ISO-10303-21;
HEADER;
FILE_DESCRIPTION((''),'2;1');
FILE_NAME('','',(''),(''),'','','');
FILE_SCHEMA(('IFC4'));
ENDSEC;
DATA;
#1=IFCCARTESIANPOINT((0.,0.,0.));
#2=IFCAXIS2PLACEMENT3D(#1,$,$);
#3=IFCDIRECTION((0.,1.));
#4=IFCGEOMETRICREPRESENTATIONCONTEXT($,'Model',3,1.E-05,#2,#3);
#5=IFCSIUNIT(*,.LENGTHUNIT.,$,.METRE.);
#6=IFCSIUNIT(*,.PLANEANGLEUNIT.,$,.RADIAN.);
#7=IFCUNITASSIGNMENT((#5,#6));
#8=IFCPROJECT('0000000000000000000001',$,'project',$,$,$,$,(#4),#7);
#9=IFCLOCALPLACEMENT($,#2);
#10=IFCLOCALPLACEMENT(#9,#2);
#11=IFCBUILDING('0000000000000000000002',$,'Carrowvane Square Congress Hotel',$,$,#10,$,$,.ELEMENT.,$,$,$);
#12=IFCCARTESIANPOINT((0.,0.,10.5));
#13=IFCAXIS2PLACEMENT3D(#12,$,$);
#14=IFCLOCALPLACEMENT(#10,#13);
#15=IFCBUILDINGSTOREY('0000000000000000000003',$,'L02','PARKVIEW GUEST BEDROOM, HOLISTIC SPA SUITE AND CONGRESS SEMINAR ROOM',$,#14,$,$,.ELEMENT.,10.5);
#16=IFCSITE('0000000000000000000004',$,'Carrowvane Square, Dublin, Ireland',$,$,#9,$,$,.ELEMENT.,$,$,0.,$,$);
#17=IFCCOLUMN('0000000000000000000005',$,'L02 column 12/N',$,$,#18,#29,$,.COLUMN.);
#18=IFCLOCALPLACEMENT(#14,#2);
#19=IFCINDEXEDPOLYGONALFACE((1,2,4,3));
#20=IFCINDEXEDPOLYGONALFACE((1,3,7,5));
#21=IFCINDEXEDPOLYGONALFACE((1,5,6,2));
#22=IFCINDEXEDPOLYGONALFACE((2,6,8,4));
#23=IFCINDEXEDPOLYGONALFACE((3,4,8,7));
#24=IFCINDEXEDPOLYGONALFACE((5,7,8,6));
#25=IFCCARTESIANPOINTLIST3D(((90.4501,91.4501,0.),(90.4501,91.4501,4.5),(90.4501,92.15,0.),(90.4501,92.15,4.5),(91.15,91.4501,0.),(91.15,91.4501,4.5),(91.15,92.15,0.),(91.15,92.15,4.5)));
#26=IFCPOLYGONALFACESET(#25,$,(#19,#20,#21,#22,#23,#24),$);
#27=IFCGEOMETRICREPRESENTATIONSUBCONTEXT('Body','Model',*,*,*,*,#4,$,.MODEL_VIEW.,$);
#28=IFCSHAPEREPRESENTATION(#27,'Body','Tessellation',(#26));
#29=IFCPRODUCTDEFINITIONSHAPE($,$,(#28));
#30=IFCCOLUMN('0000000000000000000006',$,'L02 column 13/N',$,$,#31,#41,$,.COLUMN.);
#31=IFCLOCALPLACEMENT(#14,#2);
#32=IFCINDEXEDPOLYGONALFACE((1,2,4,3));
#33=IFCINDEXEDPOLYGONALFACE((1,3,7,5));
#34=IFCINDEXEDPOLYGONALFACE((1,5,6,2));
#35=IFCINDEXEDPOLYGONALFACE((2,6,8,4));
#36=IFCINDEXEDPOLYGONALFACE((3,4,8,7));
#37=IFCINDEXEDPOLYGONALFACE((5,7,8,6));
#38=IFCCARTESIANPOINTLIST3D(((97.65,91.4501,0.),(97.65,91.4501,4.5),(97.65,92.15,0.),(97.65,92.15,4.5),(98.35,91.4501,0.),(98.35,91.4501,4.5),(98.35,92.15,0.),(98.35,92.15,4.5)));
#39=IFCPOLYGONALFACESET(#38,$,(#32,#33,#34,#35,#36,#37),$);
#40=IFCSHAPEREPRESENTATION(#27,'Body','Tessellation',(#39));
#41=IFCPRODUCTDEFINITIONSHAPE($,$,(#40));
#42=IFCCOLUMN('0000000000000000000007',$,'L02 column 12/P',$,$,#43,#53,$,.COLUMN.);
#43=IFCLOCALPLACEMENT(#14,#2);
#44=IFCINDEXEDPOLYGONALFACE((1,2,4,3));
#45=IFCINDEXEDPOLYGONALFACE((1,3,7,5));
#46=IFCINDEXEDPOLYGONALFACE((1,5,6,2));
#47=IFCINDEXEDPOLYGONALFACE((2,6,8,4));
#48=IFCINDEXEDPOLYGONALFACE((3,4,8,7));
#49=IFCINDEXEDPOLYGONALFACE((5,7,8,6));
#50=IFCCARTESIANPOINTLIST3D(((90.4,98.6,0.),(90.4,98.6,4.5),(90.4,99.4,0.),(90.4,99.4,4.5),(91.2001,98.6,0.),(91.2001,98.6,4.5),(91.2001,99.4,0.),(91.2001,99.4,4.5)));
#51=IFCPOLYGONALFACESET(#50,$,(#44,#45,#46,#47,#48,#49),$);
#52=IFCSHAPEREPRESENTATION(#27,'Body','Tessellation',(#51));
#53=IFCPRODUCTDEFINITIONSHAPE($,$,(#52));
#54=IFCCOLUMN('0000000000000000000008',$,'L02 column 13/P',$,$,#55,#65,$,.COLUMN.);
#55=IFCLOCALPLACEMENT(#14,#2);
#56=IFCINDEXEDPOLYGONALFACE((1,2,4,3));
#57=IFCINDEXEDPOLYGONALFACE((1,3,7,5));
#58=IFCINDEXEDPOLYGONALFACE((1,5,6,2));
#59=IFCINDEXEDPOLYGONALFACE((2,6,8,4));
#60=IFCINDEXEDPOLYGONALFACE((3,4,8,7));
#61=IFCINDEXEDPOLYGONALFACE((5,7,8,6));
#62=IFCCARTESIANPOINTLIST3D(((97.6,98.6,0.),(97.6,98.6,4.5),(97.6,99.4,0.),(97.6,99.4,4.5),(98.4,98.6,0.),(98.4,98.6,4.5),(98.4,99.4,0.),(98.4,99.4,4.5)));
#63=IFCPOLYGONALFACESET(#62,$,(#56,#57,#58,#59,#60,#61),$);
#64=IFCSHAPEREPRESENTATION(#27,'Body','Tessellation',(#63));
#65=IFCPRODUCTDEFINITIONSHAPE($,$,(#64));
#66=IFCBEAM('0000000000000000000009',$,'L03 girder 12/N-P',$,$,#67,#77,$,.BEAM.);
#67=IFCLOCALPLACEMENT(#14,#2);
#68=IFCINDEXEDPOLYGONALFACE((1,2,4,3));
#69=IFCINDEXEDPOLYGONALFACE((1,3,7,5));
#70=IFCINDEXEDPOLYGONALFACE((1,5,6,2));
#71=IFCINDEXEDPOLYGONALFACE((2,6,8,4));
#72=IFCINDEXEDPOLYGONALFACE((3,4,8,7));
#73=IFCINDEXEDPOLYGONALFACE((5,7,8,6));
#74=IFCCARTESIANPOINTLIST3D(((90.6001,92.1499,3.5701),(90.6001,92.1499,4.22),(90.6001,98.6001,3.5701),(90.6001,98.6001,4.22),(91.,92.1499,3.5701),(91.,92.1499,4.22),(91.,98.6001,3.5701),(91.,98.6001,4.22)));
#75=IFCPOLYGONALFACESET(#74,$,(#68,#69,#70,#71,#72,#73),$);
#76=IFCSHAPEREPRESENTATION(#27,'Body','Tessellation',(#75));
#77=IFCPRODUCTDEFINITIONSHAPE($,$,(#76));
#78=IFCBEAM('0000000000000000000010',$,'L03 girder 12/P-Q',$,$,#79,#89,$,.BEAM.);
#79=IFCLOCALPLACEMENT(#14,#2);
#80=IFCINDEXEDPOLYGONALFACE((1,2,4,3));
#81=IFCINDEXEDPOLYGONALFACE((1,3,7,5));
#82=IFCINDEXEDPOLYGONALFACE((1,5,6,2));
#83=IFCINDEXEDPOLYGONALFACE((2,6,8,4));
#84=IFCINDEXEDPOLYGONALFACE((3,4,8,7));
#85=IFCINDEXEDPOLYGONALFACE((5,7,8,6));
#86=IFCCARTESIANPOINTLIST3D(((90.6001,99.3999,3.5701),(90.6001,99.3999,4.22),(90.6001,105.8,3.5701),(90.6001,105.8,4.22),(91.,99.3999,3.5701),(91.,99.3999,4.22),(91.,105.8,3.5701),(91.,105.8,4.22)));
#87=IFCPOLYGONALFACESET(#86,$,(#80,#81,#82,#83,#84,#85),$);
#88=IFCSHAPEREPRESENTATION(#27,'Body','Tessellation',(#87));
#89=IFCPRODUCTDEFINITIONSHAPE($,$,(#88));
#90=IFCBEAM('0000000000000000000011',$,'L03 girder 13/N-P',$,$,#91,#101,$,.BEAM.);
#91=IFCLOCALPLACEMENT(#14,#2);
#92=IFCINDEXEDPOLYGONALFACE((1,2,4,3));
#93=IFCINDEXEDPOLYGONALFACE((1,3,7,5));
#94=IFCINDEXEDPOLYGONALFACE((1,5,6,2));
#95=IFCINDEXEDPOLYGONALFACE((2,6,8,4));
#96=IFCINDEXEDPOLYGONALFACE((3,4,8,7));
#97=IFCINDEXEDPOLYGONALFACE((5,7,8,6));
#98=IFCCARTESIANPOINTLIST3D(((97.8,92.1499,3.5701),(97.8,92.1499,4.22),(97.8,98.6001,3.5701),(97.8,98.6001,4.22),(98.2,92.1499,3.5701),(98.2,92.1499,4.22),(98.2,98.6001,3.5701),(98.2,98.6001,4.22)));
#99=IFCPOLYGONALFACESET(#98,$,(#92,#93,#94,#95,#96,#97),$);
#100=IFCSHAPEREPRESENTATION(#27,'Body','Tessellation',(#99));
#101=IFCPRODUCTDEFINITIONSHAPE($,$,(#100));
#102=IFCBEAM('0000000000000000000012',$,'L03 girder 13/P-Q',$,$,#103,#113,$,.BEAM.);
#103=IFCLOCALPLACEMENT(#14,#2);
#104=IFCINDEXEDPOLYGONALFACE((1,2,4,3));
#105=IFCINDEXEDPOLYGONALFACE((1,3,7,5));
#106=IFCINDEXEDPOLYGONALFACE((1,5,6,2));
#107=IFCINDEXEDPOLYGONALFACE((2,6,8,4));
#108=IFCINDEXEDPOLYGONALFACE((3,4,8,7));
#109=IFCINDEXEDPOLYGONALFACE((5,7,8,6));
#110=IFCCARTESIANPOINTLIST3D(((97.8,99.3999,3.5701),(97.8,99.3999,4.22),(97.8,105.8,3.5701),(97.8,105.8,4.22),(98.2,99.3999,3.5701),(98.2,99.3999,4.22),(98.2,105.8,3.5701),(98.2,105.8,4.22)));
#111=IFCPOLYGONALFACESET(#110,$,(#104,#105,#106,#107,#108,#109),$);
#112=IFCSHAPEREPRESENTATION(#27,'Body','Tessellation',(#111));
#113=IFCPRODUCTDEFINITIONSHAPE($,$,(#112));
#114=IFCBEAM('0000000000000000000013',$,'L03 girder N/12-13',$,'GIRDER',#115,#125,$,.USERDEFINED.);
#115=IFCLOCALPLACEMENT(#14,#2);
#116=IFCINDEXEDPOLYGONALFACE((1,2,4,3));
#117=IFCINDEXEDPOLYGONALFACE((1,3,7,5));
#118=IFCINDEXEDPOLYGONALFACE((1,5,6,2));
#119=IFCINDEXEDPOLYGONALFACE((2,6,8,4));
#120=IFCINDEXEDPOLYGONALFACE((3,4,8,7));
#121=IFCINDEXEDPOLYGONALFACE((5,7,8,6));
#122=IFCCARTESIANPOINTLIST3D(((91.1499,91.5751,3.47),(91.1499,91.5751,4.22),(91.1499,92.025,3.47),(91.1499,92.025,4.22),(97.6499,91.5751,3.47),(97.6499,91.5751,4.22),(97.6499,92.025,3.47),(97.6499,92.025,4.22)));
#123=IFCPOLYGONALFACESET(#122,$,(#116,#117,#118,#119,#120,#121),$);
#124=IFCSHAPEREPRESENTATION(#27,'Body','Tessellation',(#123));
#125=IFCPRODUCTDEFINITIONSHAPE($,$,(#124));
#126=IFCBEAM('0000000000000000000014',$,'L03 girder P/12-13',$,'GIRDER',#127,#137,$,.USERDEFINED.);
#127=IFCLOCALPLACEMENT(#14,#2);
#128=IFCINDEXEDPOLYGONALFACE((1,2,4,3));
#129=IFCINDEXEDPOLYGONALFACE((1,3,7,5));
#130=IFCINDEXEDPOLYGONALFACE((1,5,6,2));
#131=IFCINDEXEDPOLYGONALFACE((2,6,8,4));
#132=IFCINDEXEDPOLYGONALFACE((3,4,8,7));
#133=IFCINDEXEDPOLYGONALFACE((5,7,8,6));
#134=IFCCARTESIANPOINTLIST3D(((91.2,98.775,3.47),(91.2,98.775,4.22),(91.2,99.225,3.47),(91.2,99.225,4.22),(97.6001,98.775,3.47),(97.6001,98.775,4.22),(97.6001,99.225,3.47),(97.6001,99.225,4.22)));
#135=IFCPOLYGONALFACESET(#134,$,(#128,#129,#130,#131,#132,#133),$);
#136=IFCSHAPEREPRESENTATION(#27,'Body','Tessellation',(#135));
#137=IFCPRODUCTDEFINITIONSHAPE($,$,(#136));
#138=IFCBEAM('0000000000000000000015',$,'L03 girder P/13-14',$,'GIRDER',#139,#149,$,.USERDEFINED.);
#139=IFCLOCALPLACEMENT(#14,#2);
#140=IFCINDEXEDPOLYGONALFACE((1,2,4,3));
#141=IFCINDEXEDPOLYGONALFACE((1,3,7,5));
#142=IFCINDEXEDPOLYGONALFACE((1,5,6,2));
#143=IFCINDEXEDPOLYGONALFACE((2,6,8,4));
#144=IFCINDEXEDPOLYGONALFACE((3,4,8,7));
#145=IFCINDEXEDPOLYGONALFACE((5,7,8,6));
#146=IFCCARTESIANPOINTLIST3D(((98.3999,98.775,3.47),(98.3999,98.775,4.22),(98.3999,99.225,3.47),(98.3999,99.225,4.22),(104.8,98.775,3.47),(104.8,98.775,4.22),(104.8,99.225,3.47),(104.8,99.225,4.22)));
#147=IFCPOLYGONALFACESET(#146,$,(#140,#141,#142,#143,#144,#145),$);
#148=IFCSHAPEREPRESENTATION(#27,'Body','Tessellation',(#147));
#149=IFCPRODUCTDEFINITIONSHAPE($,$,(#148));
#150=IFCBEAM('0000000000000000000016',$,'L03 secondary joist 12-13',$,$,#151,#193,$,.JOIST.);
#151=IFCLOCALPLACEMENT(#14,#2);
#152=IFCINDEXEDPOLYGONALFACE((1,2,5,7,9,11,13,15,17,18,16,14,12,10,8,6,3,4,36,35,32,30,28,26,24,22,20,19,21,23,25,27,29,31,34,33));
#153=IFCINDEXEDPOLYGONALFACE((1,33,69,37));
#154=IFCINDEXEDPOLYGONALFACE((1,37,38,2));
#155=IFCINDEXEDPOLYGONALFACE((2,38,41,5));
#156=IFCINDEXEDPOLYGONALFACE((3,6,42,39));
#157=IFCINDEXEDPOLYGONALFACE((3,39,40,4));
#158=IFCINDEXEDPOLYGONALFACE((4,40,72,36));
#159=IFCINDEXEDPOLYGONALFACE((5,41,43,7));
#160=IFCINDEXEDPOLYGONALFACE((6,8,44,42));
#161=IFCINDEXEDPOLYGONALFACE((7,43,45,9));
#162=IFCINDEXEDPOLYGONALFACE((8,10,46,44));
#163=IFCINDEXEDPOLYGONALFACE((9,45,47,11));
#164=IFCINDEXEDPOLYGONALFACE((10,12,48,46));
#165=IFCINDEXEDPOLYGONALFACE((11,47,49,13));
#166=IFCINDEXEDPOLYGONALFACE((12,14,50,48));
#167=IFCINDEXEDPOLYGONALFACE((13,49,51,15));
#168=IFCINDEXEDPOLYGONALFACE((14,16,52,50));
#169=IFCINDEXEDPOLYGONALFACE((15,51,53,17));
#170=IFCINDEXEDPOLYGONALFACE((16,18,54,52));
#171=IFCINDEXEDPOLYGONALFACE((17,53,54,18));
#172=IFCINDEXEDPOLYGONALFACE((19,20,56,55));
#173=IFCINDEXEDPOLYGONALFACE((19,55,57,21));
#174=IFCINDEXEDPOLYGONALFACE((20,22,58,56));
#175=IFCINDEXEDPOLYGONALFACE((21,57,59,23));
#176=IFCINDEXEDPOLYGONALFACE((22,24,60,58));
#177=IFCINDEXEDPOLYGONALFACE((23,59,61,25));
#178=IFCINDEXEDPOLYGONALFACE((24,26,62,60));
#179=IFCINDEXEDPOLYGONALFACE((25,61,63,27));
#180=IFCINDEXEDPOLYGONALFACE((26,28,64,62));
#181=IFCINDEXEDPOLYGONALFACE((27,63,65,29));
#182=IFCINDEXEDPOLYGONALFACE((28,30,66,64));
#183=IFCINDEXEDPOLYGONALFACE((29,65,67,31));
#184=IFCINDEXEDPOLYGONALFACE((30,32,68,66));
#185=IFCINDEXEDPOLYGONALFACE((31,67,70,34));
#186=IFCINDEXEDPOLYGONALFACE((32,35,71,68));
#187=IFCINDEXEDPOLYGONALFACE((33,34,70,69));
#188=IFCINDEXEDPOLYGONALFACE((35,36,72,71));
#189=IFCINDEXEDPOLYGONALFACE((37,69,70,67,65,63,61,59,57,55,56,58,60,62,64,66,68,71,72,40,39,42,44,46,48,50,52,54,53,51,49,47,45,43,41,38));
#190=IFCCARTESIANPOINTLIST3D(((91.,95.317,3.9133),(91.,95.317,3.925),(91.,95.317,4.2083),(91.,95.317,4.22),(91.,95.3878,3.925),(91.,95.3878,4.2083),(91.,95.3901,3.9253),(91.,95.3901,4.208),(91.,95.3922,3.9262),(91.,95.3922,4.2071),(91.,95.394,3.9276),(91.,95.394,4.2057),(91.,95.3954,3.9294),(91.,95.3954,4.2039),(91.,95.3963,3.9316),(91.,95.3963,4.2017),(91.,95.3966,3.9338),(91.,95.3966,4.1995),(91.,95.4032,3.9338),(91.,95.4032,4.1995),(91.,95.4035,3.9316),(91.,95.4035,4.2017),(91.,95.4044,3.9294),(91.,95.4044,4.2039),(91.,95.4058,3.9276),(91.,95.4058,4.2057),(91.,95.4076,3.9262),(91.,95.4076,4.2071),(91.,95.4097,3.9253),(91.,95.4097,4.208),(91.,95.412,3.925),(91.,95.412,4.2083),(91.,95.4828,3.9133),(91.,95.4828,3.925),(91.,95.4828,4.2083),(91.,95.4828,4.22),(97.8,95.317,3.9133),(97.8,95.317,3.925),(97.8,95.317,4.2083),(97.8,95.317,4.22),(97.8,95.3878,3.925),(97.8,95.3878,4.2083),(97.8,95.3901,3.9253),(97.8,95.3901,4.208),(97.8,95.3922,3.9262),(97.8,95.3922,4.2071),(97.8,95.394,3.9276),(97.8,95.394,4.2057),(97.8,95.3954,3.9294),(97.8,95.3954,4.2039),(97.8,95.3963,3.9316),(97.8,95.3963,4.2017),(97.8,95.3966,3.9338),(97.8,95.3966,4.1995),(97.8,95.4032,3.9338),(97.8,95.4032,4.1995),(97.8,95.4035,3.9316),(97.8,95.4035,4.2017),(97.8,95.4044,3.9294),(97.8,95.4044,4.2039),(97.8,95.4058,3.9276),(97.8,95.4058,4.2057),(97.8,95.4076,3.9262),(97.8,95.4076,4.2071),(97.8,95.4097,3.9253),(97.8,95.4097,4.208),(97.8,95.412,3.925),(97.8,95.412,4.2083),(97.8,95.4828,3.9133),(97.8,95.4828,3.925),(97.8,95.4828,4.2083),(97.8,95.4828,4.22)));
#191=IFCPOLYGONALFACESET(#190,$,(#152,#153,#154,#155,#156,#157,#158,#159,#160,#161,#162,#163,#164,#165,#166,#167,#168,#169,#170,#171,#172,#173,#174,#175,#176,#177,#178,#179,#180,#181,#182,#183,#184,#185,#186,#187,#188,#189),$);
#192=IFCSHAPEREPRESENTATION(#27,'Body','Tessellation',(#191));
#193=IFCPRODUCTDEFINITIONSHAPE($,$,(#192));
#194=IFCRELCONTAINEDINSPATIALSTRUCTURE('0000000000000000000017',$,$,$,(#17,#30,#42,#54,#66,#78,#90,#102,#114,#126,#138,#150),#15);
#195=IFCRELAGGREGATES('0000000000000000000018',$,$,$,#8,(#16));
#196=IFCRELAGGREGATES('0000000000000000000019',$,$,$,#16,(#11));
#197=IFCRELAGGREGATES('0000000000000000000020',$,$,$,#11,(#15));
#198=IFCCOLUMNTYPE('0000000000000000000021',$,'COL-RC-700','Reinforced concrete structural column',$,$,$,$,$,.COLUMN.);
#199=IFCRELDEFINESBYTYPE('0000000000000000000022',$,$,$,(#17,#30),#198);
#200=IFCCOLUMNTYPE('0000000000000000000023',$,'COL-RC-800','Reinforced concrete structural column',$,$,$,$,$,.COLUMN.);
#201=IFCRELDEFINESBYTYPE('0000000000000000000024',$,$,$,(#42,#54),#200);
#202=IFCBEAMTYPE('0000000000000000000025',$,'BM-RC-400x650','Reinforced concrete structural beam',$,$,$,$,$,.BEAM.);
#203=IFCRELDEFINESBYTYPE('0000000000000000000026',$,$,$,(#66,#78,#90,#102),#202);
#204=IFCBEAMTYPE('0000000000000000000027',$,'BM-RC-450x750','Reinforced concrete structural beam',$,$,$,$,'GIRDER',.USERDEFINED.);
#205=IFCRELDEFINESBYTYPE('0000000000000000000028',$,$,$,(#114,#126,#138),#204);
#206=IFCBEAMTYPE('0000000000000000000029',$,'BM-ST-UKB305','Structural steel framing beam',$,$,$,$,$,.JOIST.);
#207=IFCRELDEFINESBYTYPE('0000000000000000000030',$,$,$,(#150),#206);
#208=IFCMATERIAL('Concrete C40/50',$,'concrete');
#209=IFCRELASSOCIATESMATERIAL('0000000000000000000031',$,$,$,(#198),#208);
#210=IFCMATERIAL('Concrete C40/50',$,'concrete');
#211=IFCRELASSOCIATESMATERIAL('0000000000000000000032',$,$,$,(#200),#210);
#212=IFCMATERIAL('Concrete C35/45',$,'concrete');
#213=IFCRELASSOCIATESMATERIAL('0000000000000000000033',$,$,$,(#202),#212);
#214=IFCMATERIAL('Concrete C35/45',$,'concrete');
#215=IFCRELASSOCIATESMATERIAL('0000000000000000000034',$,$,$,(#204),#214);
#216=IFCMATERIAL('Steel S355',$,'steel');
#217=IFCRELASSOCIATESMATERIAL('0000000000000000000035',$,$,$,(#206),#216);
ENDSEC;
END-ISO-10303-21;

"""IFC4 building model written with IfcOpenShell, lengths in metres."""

from ifc_helpers import new_model, si_unit, direction, frame, origin, origin_2d, place, context, subcontext, project, spatial, rectangle, i_section, extrude, material, material_profile, profile_set, type_object, element, save


model = new_model("IFC4")

# Units and contexts
model_context = context("Model", 3, precision=1e-05, world=origin(), true_north=direction((0.0, 1.0)))
body_context = subcontext(model_context, "Body", "Model", "MODEL_VIEW")
ifc_project = project(units=[si_unit("LENGTHUNIT", "METRE"), si_unit("PLANEANGLEUNIT", "RADIAN")], contexts=[model_context])

# Site, building, storey
site_placement = place(None, origin())
site = spatial("IfcSite", under=ifc_project, at=site_placement, Name="Carrowvane Square, Dublin, Ireland", CompositionType="ELEMENT", RefElevation=0.0)
building_placement = place(site_placement, origin())
building = spatial("IfcBuilding", under=site, at=building_placement, Name="Carrowvane Square Congress Hotel", CompositionType="ELEMENT")
storey_placement = place(building_placement, frame((0.0, 0.0, 10.5)))
storey = spatial("IfcBuildingStorey", under=building, at=storey_placement, Name="L02", Description="PARKVIEW GUEST BEDROOM, HOLISTIC SPA SUITE AND CONGRESS SEMINAR ROOM", CompositionType="ELEMENT", Elevation=10.5)

# Columns
ifc_material_1 = material(Name="Concrete C40/50", Category="concrete")
ifc_material_profile_1 = material_profile(ifc_material_1, rectangle(XDim=0.7, YDim=0.7, at=origin_2d()), Name="RC 700x700")
ifc_profile_set_1 = profile_set([ifc_material_profile_1], Name="Concrete C40/50")
column_type_1 = type_object("IfcColumnType", Name="COL-RC-700", Description="Reinforced concrete structural column", PredefinedType="COLUMN", material=ifc_profile_set_1)
for number, where, z_axis, x_axis, name in (
    (1, (90.8, 91.8, 0.0), (0.0, 0.0, 1.0), (1.0, 0.0, 0.0), "L02 column 12/N"),
    (2, (98.0, 91.8, 0.0), (0.0, 0.0, 1.0), (1.0, 0.0, 0.0), "L02 column 13/N"),
):
    element("IfcColumn", number, at=place(storey_placement, frame(where, z_axis=z_axis, x_axis=x_axis)), inside=storey, type_object=column_type_1, Name=name, PredefinedType="COLUMN", context=body_context, shape_type="SweptSolid", body=[
        extrude(rectangle(XDim=0.7, YDim=0.7, at=origin_2d()), origin(), (0.0, 0.0, 1.0), 4.5),
    ])
ifc_material_2 = material(Name="Concrete C40/50", Category="concrete")
ifc_material_profile_2 = material_profile(ifc_material_2, rectangle(XDim=0.8, YDim=0.8, at=origin_2d()), Name="RC 800x800")
ifc_profile_set_2 = profile_set([ifc_material_profile_2], Name="Concrete C40/50")
column_type_2 = type_object("IfcColumnType", Name="COL-RC-800", Description="Reinforced concrete structural column", PredefinedType="COLUMN", material=ifc_profile_set_2)
for number, where, z_axis, x_axis, name in (
    (3, (90.8, 99.0, 0.0), (0.0, 0.0, 1.0), (1.0, 0.0, 0.0), "L02 column 12/P"),
    (4, (98.0, 99.0, 0.0), (0.0, 0.0, 1.0), (1.0, 0.0, 0.0), "L02 column 13/P"),
):
    element("IfcColumn", number, at=place(storey_placement, frame(where, z_axis=z_axis, x_axis=x_axis)), inside=storey, type_object=column_type_2, Name=name, PredefinedType="COLUMN", context=body_context, shape_type="SweptSolid", body=[
        extrude(rectangle(XDim=0.8, YDim=0.8, at=origin_2d()), origin(), (0.0, 0.0, 1.0), 4.5),
    ])

# Beams
ifc_material_3 = material(Name="Concrete C35/45", Category="concrete")
ifc_material_profile_3 = material_profile(ifc_material_3, rectangle(XDim=0.3999, YDim=0.6499, at=origin_2d()), Name="RC 400x650")
ifc_profile_set_3 = profile_set([ifc_material_profile_3], Name="Concrete C35/45")
beam_type_1 = type_object("IfcBeamType", Name="BM-RC-400x650", Description="Reinforced concrete structural beam", PredefinedType="BEAM", material=ifc_profile_set_3)
beam_1_placement = place(storey_placement, frame((90.8, 92.1499, 3.895), z_axis=(0.0, 1.0, 0.0), x_axis=(-1.0, 0.0, 0.0)))
element("IfcBeam", 5, at=beam_1_placement, inside=storey, type_object=beam_type_1, Name="L03 girder 12/N-P", PredefinedType="BEAM", context=body_context, shape_type="SweptSolid", body=[
    extrude(rectangle(XDim=0.3999, YDim=0.6499, at=origin_2d()), origin(), (0.0, 0.0, 1.0), 6.4502),
])
beam_2_placement = place(storey_placement, frame((90.8, 99.3999, 3.895), z_axis=(0.0, 1.0, 0.0), x_axis=(-1.0, 0.0, 0.0)))
element("IfcBeam", 6, at=beam_2_placement, inside=storey, type_object=beam_type_1, Name="L03 girder 12/P-Q", PredefinedType="BEAM", context=body_context, shape_type="SweptSolid", body=[
    extrude(rectangle(XDim=0.3999, YDim=0.6499, at=origin_2d()), origin(), (0.0, 0.0, 1.0), 6.4001),
])
beam_3_placement = place(storey_placement, frame((98.0, 92.1499, 3.895), z_axis=(0.0, 1.0, 0.0), x_axis=(-1.0, 0.0, 0.0)))
element("IfcBeam", 7, at=beam_3_placement, inside=storey, type_object=beam_type_1, Name="L03 girder 13/N-P", PredefinedType="BEAM", context=body_context, shape_type="SweptSolid", body=[
    extrude(rectangle(XDim=0.3999, YDim=0.6499, at=origin_2d()), origin(), (0.0, 0.0, 1.0), 6.4502),
])
beam_4_placement = place(storey_placement, frame((98.0, 99.3999, 3.895), z_axis=(0.0, 1.0, 0.0), x_axis=(-1.0, 0.0, 0.0)))
element("IfcBeam", 8, at=beam_4_placement, inside=storey, type_object=beam_type_1, Name="L03 girder 13/P-Q", PredefinedType="BEAM", context=body_context, shape_type="SweptSolid", body=[
    extrude(rectangle(XDim=0.3999, YDim=0.6499, at=origin_2d()), origin(), (0.0, 0.0, 1.0), 6.4001),
])
ifc_material_4 = material(Name="Concrete C35/45", Category="concrete")
ifc_material_profile_4 = material_profile(ifc_material_4, rectangle(XDim=0.45, YDim=0.75, at=origin_2d()), Name="RC 450x750")
ifc_profile_set_4 = profile_set([ifc_material_profile_4], Name="Concrete C35/45")
beam_type_2 = type_object("IfcBeamType", Name="BM-RC-450x750", Description="Reinforced concrete structural beam", ElementType="GIRDER", PredefinedType="USERDEFINED", material=ifc_profile_set_4)
beam_5_placement = place(storey_placement, frame((91.1499, 91.8, 3.845), z_axis=(1.0, 0.0, 0.0), x_axis=(0.0, 1.0, 0.0)))
element("IfcBeam", 9, at=beam_5_placement, inside=storey, type_object=beam_type_2, Name="L03 girder N/12-13", ObjectType="GIRDER", PredefinedType="USERDEFINED", context=body_context, shape_type="SweptSolid", body=[
    extrude(rectangle(XDim=0.45, YDim=0.75, at=origin_2d()), origin(), (0.0, 0.0, 1.0), 6.5),
])
for number, where, z_axis, x_axis, name in (
    (10, (91.2, 99.0, 3.845), (1.0, 0.0, 0.0), (0.0, 1.0, 0.0), "L03 girder P/12-13"),
    (11, (98.3999, 99.0, 3.845), (1.0, 0.0, 0.0), (0.0, 1.0, 0.0), "L03 girder P/13-14"),
):
    element("IfcBeam", number, at=place(storey_placement, frame(where, z_axis=z_axis, x_axis=x_axis)), inside=storey, type_object=beam_type_2, Name=name, ObjectType="GIRDER", PredefinedType="USERDEFINED", context=body_context, shape_type="SweptSolid", body=[
        extrude(rectangle(XDim=0.45, YDim=0.75, at=origin_2d()), origin(), (0.0, 0.0, 1.0), 6.4001),
    ])
ifc_material_5 = material(Name="Steel S355", Category="steel")
ifc_material_profile_5 = material_profile(ifc_material_5, i_section(OverallWidth=0.1658, OverallDepth=0.3066, WebThickness=0.0066, FlangeThickness=0.0117, FilletRadius=0.0088, at=origin_2d()), Name="UKB 305x165x46")
ifc_profile_set_5 = profile_set([ifc_material_profile_5], Name="Steel S355")
beam_type_3 = type_object("IfcBeamType", Name="BM-ST-UKB305", Description="Structural steel framing beam", PredefinedType="JOIST", material=ifc_profile_set_5)
beam_6_placement = place(storey_placement, frame((91.0, 95.3999, 4.0667), z_axis=(1.0, 0.0, 0.0), x_axis=(0.0, 1.0, 0.0)))
element("IfcBeam", 12, at=beam_6_placement, inside=storey, type_object=beam_type_3, Name="L03 secondary joist 12-13", PredefinedType="JOIST", context=body_context, shape_type="SweptSolid", body=[
    extrude(i_section(OverallWidth=0.1658, OverallDepth=0.3066, WebThickness=0.0066, FlangeThickness=0.0117, FilletRadius=0.0088, at=origin_2d()), origin(), (0.0, 0.0, 1.0), 6.8),
])

save(model, "model.ifc")
